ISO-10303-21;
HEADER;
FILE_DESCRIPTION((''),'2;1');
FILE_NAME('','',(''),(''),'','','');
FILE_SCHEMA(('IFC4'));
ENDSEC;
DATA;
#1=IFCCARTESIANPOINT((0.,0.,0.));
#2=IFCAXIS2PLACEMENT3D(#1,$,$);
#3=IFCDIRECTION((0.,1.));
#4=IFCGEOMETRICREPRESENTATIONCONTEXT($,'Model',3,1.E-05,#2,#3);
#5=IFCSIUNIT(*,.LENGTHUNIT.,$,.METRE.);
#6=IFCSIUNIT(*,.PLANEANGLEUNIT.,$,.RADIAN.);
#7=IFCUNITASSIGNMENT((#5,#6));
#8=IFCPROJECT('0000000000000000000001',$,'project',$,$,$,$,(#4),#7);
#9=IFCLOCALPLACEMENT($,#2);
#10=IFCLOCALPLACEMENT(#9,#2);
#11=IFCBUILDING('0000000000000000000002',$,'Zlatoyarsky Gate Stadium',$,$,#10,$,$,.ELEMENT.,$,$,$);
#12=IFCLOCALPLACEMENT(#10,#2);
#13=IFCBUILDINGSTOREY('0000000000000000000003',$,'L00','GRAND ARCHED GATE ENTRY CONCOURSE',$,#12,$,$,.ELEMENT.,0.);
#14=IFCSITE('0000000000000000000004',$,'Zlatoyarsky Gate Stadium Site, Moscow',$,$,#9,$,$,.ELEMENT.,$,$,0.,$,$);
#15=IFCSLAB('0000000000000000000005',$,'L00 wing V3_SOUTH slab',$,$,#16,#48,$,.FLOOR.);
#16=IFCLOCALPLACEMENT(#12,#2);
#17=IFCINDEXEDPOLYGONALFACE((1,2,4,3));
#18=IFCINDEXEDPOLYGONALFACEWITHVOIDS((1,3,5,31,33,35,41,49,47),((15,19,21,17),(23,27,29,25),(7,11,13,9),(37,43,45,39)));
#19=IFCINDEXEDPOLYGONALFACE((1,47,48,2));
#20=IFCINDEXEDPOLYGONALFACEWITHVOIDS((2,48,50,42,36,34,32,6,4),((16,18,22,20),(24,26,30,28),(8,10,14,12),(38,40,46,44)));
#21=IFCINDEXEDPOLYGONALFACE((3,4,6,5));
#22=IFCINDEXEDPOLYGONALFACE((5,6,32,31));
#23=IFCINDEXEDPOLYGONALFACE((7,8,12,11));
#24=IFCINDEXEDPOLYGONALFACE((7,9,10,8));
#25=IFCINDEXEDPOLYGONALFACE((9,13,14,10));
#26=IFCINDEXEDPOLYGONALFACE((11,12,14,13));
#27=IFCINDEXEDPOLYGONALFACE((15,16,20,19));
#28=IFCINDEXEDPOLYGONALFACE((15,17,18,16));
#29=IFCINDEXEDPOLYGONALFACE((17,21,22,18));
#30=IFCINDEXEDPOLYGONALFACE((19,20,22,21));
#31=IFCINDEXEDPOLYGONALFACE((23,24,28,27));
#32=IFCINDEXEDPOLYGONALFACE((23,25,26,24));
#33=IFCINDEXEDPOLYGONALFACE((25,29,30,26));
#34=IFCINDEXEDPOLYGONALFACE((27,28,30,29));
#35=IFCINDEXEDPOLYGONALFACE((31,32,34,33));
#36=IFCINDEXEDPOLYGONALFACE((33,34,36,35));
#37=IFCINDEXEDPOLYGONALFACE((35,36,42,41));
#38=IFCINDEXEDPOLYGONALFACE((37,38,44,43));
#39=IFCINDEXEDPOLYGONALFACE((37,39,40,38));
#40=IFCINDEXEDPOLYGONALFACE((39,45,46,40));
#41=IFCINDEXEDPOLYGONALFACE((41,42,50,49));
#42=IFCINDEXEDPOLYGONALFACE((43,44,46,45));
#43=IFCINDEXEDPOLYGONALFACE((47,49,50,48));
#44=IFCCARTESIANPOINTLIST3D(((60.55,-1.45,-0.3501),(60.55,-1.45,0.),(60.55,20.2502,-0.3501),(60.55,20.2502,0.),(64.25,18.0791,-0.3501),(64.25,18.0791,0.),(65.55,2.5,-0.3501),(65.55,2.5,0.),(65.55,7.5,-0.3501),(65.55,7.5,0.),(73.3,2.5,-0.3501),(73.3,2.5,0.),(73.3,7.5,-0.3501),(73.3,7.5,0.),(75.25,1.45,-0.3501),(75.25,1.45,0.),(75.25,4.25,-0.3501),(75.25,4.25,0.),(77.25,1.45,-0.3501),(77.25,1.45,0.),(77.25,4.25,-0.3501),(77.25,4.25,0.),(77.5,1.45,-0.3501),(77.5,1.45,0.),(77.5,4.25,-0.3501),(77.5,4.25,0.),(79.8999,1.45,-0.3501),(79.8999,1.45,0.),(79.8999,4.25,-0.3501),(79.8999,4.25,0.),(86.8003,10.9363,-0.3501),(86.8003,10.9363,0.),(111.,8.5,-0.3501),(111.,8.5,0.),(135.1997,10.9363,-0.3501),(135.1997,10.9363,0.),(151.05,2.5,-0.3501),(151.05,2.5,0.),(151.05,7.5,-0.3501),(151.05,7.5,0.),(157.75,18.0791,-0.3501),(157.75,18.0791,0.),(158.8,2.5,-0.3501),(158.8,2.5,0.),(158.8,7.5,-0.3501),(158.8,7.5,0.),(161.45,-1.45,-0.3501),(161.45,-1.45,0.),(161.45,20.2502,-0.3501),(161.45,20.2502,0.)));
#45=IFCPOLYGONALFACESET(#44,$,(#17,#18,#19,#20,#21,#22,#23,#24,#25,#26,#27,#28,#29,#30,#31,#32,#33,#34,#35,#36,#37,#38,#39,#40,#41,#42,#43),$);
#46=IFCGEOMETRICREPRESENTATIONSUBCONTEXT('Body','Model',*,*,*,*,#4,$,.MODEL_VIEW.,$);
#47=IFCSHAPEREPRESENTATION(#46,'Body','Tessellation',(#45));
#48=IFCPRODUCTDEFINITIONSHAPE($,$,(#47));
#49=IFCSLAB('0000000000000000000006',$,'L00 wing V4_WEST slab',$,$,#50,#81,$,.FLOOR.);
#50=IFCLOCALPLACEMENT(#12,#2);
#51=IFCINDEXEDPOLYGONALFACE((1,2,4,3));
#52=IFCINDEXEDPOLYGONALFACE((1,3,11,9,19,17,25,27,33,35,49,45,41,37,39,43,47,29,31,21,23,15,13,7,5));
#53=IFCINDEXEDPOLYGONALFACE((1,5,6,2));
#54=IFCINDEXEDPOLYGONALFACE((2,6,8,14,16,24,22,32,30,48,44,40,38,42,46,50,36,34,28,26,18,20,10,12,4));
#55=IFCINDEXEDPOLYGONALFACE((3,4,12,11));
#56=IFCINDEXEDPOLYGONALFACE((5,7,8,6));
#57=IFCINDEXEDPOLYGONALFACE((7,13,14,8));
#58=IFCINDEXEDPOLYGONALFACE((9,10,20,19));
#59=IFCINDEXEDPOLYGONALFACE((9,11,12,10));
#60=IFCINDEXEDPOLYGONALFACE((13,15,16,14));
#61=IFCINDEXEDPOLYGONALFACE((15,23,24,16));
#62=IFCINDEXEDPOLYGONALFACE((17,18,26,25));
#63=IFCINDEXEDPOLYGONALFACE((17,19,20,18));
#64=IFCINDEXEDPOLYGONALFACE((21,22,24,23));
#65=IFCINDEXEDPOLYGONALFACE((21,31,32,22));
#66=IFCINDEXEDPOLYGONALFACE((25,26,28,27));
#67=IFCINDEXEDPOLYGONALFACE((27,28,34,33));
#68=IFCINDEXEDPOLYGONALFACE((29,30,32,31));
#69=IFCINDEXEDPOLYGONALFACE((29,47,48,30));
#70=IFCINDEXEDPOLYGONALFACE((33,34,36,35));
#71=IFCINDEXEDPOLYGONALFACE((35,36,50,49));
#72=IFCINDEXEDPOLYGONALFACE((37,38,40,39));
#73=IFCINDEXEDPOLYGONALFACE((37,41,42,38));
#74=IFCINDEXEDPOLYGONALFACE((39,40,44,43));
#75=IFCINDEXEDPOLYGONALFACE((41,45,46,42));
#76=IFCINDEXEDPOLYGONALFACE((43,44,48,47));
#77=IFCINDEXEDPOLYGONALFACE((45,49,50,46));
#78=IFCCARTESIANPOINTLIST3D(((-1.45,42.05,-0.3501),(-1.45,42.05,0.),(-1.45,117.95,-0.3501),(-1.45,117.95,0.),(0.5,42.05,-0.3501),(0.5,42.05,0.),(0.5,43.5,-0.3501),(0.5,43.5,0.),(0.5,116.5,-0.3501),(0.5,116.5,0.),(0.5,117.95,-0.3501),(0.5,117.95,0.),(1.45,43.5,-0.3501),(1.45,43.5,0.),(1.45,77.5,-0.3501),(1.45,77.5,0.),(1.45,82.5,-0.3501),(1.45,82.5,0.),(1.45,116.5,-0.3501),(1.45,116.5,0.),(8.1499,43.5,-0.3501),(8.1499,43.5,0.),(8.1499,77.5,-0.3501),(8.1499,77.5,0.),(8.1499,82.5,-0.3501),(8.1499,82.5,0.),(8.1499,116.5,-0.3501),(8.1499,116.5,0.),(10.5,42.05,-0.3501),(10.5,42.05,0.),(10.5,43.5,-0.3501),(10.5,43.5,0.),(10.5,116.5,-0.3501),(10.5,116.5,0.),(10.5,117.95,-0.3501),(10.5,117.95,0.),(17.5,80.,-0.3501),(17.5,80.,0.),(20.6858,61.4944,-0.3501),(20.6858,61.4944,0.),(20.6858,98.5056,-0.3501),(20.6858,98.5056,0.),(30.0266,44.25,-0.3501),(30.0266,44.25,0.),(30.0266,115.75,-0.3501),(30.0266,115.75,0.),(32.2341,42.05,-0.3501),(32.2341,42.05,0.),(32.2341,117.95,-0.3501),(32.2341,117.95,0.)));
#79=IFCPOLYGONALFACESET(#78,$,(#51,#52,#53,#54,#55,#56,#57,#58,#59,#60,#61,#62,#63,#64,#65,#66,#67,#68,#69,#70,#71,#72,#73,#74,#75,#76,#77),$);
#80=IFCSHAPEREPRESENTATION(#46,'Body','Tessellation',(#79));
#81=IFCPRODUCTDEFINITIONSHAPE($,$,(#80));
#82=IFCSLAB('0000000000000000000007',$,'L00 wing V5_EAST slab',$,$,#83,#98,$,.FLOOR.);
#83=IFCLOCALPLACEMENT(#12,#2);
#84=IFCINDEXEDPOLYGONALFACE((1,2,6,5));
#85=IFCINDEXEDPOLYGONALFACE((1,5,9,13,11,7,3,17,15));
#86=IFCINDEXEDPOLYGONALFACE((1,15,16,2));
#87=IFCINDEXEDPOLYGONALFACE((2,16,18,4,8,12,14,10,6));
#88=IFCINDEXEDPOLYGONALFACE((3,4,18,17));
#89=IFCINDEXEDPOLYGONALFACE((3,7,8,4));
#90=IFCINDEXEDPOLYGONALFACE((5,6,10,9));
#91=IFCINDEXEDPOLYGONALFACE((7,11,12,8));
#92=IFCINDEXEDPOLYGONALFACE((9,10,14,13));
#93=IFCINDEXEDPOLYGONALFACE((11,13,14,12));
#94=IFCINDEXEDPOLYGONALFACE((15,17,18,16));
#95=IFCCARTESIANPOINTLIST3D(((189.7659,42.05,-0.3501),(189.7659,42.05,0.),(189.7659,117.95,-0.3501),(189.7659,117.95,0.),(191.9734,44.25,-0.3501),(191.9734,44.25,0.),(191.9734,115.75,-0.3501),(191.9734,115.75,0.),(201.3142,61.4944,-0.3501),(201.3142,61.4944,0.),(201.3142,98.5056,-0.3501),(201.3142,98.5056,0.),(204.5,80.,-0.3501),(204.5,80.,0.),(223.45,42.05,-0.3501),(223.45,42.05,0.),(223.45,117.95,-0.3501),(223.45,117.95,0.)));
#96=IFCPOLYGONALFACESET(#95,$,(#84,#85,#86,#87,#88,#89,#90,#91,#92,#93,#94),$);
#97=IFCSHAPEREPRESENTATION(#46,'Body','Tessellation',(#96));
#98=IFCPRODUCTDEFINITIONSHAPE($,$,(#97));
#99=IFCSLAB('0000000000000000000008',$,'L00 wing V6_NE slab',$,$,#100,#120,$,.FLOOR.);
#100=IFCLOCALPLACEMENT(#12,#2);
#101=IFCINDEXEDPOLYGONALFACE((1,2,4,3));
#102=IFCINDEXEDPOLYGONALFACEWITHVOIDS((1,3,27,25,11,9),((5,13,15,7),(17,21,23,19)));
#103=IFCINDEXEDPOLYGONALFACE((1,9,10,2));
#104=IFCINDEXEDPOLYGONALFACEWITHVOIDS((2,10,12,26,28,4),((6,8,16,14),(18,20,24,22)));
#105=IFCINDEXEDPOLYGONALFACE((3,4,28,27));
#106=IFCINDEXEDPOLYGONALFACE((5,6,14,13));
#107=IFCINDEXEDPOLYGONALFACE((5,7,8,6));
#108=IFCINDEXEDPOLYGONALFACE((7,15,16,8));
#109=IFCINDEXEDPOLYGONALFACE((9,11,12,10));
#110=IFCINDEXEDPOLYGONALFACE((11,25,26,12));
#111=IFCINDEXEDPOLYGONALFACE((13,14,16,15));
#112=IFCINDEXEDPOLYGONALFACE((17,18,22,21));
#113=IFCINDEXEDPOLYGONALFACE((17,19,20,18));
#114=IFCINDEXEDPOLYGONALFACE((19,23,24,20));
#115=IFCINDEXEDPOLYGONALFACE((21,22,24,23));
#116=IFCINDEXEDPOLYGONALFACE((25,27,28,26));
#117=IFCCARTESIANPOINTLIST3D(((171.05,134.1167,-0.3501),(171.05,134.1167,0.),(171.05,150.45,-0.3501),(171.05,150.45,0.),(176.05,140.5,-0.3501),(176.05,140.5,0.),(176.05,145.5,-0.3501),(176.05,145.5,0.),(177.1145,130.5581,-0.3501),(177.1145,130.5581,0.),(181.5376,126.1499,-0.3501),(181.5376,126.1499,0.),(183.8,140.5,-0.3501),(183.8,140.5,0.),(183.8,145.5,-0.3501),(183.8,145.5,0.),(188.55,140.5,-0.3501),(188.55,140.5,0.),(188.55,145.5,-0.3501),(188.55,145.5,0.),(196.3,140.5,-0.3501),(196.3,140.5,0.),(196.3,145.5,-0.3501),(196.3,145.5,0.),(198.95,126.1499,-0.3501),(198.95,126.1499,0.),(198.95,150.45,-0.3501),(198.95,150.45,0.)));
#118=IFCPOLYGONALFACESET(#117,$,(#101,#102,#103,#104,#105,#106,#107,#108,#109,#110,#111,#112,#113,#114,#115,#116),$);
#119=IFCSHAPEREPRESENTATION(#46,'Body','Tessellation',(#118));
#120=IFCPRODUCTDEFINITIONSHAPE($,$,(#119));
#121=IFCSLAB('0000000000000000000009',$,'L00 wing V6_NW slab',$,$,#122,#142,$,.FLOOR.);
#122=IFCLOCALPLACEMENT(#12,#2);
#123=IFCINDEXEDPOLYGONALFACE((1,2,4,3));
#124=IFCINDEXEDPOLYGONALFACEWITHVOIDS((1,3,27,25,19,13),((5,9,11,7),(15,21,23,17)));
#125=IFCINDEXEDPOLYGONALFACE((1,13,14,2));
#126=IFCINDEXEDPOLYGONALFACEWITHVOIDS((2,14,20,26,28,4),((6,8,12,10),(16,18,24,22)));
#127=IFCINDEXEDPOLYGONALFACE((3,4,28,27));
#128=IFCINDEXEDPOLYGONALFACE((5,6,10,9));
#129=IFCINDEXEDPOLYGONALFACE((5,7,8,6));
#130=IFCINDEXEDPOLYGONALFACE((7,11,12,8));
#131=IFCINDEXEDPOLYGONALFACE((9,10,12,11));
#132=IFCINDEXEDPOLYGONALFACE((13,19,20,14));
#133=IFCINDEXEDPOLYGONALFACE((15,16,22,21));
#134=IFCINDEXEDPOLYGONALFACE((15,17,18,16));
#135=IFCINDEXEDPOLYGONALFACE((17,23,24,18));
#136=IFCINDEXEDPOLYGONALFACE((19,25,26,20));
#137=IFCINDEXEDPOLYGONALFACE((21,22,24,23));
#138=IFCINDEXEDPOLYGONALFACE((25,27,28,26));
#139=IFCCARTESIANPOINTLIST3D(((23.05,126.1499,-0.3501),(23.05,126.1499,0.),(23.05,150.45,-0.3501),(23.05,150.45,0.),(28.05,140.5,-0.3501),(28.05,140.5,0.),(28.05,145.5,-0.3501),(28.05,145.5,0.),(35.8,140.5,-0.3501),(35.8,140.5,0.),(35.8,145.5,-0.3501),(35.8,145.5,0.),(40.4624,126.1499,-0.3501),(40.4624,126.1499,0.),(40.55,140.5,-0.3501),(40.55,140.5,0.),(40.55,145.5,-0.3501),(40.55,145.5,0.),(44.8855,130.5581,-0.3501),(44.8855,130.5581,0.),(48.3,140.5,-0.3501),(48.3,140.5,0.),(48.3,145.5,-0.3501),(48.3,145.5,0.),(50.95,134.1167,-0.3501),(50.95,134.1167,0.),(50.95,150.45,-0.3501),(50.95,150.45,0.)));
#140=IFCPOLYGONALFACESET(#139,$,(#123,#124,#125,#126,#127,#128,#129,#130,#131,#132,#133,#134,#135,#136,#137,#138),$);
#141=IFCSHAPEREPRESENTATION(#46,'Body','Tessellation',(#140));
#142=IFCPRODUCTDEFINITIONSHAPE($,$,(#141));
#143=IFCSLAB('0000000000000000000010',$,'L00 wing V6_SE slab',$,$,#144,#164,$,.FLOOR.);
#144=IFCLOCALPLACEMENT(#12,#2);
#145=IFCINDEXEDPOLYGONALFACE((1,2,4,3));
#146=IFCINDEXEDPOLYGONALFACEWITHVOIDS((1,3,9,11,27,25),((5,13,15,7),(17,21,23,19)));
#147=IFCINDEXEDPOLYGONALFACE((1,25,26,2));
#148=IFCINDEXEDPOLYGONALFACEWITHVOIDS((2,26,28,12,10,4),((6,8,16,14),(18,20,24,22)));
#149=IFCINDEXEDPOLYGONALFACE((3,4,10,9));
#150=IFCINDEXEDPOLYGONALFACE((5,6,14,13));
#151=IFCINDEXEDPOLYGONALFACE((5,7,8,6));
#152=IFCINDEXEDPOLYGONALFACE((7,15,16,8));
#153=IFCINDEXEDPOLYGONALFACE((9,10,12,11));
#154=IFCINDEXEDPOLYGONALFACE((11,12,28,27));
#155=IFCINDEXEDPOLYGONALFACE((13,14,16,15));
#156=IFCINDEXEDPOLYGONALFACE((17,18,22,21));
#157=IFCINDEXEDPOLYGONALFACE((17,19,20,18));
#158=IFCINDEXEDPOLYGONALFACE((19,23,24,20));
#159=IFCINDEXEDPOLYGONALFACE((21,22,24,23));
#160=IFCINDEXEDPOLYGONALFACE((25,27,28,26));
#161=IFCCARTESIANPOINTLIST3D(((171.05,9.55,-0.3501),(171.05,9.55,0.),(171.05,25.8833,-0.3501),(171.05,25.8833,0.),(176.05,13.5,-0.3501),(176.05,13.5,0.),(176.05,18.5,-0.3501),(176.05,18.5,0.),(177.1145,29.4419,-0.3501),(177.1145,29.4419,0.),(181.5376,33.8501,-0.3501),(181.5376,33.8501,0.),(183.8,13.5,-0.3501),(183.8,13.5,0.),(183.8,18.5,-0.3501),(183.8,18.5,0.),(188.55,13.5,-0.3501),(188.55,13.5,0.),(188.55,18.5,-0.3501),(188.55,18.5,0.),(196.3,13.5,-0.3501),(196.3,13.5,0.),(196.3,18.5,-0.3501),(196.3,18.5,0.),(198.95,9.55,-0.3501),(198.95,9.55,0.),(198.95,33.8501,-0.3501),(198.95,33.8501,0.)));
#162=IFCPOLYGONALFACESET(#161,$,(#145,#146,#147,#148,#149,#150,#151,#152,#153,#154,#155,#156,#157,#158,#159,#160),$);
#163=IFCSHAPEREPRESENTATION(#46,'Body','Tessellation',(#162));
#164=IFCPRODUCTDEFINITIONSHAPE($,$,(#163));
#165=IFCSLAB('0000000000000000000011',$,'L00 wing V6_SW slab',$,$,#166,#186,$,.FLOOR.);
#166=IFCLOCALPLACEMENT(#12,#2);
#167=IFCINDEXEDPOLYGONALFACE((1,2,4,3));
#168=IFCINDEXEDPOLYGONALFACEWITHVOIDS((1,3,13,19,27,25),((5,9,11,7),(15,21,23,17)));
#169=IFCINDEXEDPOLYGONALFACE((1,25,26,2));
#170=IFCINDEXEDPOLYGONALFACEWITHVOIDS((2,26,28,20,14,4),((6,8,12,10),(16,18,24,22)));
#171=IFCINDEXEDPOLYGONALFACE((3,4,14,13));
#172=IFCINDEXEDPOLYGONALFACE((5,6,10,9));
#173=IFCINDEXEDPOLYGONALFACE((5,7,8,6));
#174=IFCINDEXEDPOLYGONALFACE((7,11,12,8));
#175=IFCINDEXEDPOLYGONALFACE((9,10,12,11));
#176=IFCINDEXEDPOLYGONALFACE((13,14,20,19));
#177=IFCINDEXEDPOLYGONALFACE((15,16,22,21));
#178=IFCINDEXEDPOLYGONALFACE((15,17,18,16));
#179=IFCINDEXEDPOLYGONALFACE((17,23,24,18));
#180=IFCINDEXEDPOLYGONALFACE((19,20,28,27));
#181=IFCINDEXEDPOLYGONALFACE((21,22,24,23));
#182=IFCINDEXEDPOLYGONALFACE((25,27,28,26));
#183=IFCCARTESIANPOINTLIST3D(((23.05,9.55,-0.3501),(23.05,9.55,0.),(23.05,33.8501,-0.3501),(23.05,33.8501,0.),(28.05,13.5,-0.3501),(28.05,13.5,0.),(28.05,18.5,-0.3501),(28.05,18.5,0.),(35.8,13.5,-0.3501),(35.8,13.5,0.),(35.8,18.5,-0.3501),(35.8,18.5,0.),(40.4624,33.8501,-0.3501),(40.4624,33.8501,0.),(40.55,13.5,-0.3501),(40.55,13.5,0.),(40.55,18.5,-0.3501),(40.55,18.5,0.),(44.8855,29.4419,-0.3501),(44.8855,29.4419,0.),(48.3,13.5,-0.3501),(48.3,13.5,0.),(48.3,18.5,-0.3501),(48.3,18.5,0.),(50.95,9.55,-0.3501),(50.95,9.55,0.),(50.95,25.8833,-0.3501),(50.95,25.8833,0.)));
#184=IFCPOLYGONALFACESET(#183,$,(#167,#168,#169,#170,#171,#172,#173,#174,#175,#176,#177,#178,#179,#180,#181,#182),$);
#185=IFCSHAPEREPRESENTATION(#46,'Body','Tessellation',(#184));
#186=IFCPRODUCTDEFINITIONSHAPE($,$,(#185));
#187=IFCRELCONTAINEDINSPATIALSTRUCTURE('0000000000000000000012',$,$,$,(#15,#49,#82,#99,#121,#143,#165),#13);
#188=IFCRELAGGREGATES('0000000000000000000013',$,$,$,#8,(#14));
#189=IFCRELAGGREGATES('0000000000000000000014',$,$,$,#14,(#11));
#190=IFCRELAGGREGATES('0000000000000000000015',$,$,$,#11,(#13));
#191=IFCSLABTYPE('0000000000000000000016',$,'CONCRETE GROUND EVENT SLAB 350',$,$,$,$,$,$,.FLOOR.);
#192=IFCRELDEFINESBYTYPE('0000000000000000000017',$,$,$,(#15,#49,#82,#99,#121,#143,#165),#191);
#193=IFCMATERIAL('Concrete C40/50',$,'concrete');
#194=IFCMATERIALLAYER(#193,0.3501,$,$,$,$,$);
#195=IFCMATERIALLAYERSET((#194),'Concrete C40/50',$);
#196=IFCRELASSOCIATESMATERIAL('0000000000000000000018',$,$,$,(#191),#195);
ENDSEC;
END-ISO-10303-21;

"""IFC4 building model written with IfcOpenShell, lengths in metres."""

from ifc_helpers import new_model, si_unit, direction, frame, origin, place, context, subcontext, project, spatial, polyline, outline, extrude, material, layer, layer_set, type_object, element, save


model = new_model("IFC4")

# Units and contexts
model_context = context("Model", 3, precision=1e-05, world=origin(), true_north=direction((0.0, 1.0)))
body_context = subcontext(model_context, "Body", "Model", "MODEL_VIEW")
ifc_project = project(units=[si_unit("LENGTHUNIT", "METRE"), si_unit("PLANEANGLEUNIT", "RADIAN")], contexts=[model_context])

# Site, building, storey
site_placement = place(None, origin())
site = spatial("IfcSite", under=ifc_project, at=site_placement, Name="Zlatoyarsky Gate Stadium Site, Moscow", CompositionType="ELEMENT", RefElevation=0.0)
building_placement = place(site_placement, origin())
building = spatial("IfcBuilding", under=site, at=building_placement, Name="Zlatoyarsky Gate Stadium", CompositionType="ELEMENT")
storey_placement = place(building_placement, origin())
storey = spatial("IfcBuildingStorey", under=building, at=storey_placement, Name="L00", Description="GRAND ARCHED GATE ENTRY CONCOURSE", CompositionType="ELEMENT", Elevation=0.0)

# Slabs
ifc_material_1 = material(Name="Concrete C40/50", Category="concrete")
ifc_layer_1 = layer(ifc_material_1, 0.3501)
ifc_layer_set_1 = layer_set([ifc_layer_1], Name="Concrete C40/50")
slab_type_1 = type_object("IfcSlabType", Name="CONCRETE GROUND EVENT SLAB 350", PredefinedType="FLOOR", material=ifc_layer_set_1)
slab_1_placement = place(storey_placement, frame((0.0, 0.0, -0.3501)))
element("IfcSlab", 1, at=slab_1_placement, inside=storey, type_object=slab_type_1, Name="L00 wing V3_SOUTH slab", PredefinedType="FLOOR", context=body_context, shape_type="SweptSolid", body=[
    extrude(outline(polyline([(60.55, 20.2502), (64.25, 18.0791), (86.8003, 10.9363), (111.0, 8.5), (135.1997, 10.9363), (157.75, 18.0791), (161.45, 20.2502), (161.45, -1.45), (60.55, -1.45), (60.55, 20.2502)]), holes=[polyline([(75.25, 1.45), (77.25, 1.45), (77.25, 4.25), (75.25, 4.25), (75.25, 1.45)]), polyline([(79.8999, 1.45), (79.8999, 4.25), (77.5, 4.25), (77.5, 1.45), (79.8999, 1.45)]), polyline([(65.55, 2.5), (73.3, 2.5), (73.3, 7.5), (65.55, 7.5), (65.55, 2.5)]), polyline([(151.05, 2.5), (158.8, 2.5), (158.8, 7.5), (151.05, 7.5), (151.05, 2.5)])]), origin(), (0.0, 0.0, 1.0), 0.3501),
])
slab_2_placement = place(storey_placement, frame((0.0, 0.0, -0.3501)))
element("IfcSlab", 2, at=slab_2_placement, inside=storey, type_object=slab_type_1, Name="L00 wing V4_WEST slab", PredefinedType="FLOOR", context=body_context, shape_type="SweptSolid", body=[
    extrude(outline(polyline([(0.5, 117.95), (0.5, 116.5), (1.45, 116.5), (1.45, 82.5), (8.1499, 82.5), (8.1499, 116.5), (10.5, 116.5), (10.5, 117.95), (32.2341, 117.95), (30.0266, 115.75), (20.6858, 98.5056), (17.5, 80.0), (20.6858, 61.4944), (30.0266, 44.25), (32.2341, 42.05), (10.5, 42.05), (10.5, 43.5), (8.1499, 43.5), (8.1499, 77.5), (1.45, 77.5), (1.45, 43.5), (0.5, 43.5), (0.5, 42.05), (-1.45, 42.05), (-1.45, 117.95), (0.5, 117.95)])), origin(), (0.0, 0.0, 1.0), 0.3501),
])
slab_3_placement = place(storey_placement, frame((0.0, 0.0, -0.3501)))
element("IfcSlab", 3, at=slab_3_placement, inside=storey, type_object=slab_type_1, Name="L00 wing V5_EAST slab", PredefinedType="FLOOR", context=body_context, shape_type="SweptSolid", body=[
    extrude(outline(polyline([(189.7659, 42.05), (191.9734, 44.25), (201.3142, 61.4944), (204.5, 80.0), (201.3142, 98.5056), (191.9734, 115.75), (189.7659, 117.95), (223.45, 117.95), (223.45, 42.05), (189.7659, 42.05)])), origin(), (0.0, 0.0, 1.0), 0.3501),
])
slab_4_placement = place(storey_placement, frame((0.0, 0.0, -0.3501)))
element("IfcSlab", 4, at=slab_4_placement, inside=storey, type_object=slab_type_1, Name="L00 wing V6_NE slab", PredefinedType="FLOOR", context=body_context, shape_type="SweptSolid", body=[
    extrude(outline(polyline([(198.95, 126.1499), (181.5376, 126.1499), (177.1145, 130.5581), (171.05, 134.1167), (171.05, 150.45), (198.95, 150.45), (198.95, 126.1499)]), holes=[polyline([(176.05, 140.5), (183.8, 140.5), (183.8, 145.5), (176.05, 145.5), (176.05, 140.5)]), polyline([(188.55, 140.5), (196.3, 140.5), (196.3, 145.5), (188.55, 145.5), (188.55, 140.5)])]), origin(), (0.0, 0.0, 1.0), 0.3501),
])
slab_5_placement = place(storey_placement, frame((0.0, 0.0, -0.3501)))
element("IfcSlab", 5, at=slab_5_placement, inside=storey, type_object=slab_type_1, Name="L00 wing V6_NW slab", PredefinedType="FLOOR", context=body_context, shape_type="SweptSolid", body=[
    extrude(outline(polyline([(50.95, 150.45), (50.95, 134.1167), (44.8855, 130.5581), (40.4624, 126.1499), (23.05, 126.1499), (23.05, 150.45), (50.95, 150.45)]), holes=[polyline([(48.3, 140.5), (48.3, 145.5), (40.55, 145.5), (40.55, 140.5), (48.3, 140.5)]), polyline([(28.05, 140.5), (35.8, 140.5), (35.8, 145.5), (28.05, 145.5), (28.05, 140.5)])]), origin(), (0.0, 0.0, 1.0), 0.3501),
])
slab_6_placement = place(storey_placement, frame((0.0, 0.0, -0.3501)))
element("IfcSlab", 6, at=slab_6_placement, inside=storey, type_object=slab_type_1, Name="L00 wing V6_SE slab", PredefinedType="FLOOR", context=body_context, shape_type="SweptSolid", body=[
    extrude(outline(polyline([(171.05, 9.55), (171.05, 25.8833), (177.1145, 29.4419), (181.5376, 33.8501), (198.95, 33.8501), (198.95, 9.55), (171.05, 9.55)]), holes=[polyline([(183.8, 13.5), (183.8, 18.5), (176.05, 18.5), (176.05, 13.5), (183.8, 13.5)]), polyline([(188.55, 13.5), (196.3, 13.5), (196.3, 18.5), (188.55, 18.5), (188.55, 13.5)])]), origin(), (0.0, 0.0, 1.0), 0.3501),
])
slab_7_placement = place(storey_placement, frame((0.0, 0.0, -0.3501)))
element("IfcSlab", 7, at=slab_7_placement, inside=storey, type_object=slab_type_1, Name="L00 wing V6_SW slab", PredefinedType="FLOOR", context=body_context, shape_type="SweptSolid", body=[
    extrude(outline(polyline([(23.05, 33.8501), (40.4624, 33.8501), (44.8855, 29.4419), (50.95, 25.8833), (50.95, 9.55), (23.05, 9.55), (23.05, 33.8501)]), holes=[polyline([(35.8, 13.5), (35.8, 18.5), (28.05, 18.5), (28.05, 13.5), (35.8, 13.5)]), polyline([(40.55, 13.5), (48.3, 13.5), (48.3, 18.5), (40.55, 18.5), (40.55, 13.5)])]), origin(), (0.0, 0.0, 1.0), 0.3501),
])

save(model, "model.ifc")
